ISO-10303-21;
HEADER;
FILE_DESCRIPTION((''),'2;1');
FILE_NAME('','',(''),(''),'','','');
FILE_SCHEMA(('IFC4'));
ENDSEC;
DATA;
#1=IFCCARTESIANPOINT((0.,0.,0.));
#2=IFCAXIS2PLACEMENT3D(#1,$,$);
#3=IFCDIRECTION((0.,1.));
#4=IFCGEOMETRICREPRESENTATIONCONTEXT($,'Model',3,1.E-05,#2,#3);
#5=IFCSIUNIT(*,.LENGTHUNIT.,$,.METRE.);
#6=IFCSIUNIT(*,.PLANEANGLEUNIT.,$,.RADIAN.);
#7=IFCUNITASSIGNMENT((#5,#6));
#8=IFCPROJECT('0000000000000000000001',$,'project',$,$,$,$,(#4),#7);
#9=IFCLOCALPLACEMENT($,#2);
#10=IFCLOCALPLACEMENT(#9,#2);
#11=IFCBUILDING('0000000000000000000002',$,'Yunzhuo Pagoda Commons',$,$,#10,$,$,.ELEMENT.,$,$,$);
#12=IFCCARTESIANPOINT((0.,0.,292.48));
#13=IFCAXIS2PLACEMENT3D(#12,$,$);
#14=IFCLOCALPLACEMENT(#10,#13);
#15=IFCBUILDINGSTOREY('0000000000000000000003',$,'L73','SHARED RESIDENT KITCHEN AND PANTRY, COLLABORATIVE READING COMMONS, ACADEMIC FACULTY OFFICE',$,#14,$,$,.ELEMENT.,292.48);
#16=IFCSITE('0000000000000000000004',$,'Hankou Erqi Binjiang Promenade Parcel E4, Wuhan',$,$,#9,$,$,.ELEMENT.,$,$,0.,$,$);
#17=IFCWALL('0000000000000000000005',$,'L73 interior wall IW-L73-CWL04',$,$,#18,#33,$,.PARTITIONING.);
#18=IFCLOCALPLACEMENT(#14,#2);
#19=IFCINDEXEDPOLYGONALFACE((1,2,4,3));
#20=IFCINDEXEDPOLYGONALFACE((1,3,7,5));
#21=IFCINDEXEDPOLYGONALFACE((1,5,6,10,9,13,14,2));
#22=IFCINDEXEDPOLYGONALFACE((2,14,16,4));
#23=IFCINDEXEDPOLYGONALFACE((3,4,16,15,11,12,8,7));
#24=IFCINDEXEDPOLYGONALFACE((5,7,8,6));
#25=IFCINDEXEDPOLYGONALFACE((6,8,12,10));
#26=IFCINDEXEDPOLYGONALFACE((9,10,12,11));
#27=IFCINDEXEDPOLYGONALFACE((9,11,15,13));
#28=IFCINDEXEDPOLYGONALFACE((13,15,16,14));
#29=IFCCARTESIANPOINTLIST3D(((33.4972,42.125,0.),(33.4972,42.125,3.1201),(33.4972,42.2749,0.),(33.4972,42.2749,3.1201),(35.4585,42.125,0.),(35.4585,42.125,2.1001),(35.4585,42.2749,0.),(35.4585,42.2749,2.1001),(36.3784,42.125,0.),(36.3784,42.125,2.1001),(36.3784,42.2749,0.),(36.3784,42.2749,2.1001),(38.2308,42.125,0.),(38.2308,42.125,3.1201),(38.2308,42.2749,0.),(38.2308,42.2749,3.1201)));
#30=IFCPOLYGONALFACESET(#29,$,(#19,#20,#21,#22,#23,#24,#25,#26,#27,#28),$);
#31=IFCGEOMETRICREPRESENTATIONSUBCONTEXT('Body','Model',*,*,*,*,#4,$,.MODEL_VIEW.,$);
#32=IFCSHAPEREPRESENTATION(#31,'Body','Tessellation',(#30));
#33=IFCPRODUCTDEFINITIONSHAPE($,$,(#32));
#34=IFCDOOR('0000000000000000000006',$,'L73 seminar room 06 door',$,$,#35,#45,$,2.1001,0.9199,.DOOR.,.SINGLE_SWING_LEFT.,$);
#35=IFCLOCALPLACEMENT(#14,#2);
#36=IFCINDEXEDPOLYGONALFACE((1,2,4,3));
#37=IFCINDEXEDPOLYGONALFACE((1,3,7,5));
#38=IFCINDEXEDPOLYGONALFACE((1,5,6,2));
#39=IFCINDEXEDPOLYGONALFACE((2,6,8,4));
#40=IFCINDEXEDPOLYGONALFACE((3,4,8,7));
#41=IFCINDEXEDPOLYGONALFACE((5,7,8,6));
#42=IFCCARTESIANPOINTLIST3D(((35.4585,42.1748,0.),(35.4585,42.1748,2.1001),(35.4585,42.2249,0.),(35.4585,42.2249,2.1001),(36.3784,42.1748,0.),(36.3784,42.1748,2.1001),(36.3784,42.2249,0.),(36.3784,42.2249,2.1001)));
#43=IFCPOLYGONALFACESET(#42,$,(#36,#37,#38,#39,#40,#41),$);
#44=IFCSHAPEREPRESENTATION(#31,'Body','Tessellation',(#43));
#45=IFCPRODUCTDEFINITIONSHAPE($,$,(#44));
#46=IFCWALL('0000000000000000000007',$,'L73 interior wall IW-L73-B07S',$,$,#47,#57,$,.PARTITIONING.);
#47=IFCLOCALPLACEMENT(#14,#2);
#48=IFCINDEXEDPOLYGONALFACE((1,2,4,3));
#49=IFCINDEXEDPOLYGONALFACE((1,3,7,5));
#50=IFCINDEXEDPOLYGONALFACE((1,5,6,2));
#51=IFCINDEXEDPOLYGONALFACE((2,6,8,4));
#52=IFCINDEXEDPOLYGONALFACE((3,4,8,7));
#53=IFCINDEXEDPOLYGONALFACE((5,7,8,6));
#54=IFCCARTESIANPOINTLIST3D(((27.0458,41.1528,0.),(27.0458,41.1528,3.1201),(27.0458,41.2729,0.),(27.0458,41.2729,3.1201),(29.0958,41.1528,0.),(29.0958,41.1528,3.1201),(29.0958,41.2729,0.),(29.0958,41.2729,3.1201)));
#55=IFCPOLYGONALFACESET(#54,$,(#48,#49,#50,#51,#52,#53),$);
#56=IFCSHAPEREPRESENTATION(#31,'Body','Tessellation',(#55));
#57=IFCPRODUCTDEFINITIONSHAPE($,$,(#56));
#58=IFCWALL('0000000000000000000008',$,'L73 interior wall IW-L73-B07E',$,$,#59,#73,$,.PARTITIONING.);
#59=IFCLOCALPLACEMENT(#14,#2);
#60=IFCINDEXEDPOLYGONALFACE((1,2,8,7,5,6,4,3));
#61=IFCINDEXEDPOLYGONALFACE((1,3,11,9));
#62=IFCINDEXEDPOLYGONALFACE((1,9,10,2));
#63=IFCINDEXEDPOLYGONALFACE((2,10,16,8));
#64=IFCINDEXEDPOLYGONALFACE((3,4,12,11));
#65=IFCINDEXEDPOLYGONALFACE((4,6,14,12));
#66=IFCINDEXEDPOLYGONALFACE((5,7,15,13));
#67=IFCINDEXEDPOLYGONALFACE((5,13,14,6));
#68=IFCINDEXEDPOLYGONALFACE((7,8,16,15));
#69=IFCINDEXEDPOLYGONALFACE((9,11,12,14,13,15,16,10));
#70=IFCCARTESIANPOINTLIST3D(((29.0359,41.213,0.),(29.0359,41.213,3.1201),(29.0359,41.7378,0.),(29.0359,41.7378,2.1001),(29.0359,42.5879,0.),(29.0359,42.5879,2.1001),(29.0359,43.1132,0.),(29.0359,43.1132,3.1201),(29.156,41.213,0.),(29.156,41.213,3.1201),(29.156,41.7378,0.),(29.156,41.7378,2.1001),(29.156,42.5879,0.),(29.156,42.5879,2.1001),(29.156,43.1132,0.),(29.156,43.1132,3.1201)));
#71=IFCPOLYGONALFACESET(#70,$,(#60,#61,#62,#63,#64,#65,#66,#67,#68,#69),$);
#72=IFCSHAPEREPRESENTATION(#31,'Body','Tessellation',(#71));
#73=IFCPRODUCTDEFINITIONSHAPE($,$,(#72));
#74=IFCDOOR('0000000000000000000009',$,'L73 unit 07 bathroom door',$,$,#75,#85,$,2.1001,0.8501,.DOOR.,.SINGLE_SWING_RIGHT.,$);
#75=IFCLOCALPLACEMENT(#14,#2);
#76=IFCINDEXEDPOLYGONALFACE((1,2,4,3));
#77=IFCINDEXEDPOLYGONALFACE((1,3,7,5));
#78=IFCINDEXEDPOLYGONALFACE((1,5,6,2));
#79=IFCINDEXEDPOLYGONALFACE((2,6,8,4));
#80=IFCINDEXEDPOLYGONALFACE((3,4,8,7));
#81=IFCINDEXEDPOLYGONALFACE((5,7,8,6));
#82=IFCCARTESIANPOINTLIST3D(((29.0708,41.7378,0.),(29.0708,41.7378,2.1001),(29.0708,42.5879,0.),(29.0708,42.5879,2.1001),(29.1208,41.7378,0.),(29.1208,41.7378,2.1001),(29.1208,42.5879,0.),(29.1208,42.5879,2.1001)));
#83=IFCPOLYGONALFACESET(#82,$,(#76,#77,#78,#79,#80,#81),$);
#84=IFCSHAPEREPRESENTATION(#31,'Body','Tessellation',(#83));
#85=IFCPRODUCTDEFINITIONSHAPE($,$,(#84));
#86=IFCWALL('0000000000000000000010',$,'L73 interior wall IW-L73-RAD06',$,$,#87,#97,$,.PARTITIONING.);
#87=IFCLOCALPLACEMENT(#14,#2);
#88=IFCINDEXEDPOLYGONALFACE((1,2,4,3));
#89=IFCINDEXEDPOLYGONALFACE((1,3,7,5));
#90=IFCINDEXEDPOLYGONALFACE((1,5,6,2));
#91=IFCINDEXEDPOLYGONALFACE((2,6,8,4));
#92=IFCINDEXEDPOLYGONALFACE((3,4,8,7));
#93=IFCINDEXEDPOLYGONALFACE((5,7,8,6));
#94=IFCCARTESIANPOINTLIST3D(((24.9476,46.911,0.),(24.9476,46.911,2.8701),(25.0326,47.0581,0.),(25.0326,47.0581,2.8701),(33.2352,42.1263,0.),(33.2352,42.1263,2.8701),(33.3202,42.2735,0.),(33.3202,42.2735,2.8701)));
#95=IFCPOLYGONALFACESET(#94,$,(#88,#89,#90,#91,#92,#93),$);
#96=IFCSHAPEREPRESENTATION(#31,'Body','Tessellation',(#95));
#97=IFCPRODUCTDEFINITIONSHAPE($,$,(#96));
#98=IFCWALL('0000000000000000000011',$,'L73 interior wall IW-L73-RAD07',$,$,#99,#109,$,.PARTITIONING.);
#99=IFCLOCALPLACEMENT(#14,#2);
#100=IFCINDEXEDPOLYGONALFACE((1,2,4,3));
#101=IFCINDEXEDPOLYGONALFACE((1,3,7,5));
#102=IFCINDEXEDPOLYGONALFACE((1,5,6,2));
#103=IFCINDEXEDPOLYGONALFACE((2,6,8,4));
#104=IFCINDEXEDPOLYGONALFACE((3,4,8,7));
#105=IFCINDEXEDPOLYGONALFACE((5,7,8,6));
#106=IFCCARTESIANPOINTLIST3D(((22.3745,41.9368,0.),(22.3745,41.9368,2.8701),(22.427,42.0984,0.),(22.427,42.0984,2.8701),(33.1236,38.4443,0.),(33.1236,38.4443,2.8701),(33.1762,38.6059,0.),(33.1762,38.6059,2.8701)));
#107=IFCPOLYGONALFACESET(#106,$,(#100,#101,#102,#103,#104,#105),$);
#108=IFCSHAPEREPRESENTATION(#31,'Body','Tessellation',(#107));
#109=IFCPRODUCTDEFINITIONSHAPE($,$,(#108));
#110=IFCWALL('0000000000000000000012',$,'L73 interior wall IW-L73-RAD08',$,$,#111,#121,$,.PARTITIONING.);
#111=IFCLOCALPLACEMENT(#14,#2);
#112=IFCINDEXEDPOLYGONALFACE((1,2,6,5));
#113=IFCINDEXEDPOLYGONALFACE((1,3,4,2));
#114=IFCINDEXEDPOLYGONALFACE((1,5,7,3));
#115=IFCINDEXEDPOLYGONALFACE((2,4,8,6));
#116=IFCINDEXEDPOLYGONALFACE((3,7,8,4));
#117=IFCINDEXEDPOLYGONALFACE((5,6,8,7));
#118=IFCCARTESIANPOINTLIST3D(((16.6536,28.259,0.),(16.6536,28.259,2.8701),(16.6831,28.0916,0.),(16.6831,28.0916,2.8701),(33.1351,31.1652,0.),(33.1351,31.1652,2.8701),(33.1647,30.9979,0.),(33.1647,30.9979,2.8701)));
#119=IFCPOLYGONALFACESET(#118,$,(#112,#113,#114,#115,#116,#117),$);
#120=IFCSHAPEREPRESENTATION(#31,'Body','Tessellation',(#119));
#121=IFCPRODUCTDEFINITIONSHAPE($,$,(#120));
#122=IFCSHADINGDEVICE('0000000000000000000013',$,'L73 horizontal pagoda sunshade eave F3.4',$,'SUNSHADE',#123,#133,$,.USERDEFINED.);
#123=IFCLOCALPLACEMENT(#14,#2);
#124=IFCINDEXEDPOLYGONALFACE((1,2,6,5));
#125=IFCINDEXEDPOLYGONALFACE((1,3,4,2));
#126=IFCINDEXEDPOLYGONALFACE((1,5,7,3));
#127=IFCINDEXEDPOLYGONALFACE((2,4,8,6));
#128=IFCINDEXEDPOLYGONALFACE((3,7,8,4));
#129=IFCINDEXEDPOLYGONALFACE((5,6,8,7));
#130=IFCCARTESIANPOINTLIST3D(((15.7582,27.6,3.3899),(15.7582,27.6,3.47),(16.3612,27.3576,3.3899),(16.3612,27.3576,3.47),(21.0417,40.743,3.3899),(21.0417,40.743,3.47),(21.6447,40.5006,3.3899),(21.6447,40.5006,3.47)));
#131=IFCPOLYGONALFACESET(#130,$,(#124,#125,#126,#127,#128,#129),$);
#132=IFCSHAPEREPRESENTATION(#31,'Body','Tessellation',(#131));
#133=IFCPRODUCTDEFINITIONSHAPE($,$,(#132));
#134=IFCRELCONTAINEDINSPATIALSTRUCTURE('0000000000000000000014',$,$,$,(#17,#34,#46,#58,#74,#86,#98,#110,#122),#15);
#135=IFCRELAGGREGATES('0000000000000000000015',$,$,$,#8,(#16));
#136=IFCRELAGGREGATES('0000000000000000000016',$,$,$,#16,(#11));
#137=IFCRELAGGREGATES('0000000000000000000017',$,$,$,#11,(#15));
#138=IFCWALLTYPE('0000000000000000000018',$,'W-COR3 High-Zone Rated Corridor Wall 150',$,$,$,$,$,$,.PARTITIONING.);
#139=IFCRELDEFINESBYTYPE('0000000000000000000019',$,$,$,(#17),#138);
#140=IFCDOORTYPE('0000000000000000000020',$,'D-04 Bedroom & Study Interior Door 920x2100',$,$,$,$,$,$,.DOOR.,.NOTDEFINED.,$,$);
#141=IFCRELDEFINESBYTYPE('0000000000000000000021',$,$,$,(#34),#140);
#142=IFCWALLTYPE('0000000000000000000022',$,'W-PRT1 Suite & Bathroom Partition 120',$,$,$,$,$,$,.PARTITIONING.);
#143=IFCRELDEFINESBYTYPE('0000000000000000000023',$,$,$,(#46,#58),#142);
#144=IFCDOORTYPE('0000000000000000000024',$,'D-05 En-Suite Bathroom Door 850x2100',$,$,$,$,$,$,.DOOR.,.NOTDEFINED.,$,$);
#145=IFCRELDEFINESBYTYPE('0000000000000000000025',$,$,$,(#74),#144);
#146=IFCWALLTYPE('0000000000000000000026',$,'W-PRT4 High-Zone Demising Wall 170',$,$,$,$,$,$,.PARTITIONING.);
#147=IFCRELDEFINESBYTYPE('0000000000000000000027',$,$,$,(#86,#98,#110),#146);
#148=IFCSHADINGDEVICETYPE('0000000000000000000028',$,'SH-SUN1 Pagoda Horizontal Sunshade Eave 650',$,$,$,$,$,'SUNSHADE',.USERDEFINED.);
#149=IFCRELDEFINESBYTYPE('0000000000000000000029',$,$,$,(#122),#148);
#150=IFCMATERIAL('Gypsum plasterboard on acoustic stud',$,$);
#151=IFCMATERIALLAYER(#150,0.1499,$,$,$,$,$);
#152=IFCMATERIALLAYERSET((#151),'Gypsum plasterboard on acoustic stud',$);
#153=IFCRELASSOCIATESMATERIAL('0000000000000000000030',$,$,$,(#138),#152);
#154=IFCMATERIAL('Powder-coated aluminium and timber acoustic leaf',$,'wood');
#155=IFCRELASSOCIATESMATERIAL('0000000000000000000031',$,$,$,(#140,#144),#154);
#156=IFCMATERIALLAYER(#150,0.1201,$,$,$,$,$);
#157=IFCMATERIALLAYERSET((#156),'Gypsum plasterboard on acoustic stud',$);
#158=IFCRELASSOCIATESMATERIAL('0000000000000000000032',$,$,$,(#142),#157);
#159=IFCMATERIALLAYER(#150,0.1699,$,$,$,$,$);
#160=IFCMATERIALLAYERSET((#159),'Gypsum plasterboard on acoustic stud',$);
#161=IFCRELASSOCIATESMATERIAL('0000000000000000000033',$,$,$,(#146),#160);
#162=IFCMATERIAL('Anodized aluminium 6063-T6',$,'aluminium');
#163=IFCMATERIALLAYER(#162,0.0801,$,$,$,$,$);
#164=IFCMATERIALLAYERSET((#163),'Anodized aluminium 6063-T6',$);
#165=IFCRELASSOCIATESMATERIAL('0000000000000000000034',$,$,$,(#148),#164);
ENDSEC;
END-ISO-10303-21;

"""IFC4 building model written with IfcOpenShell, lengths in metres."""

from ifc_helpers import new_model, si_unit, direction, frame, frame_2d, origin, origin_with_axes, origin_2d, place, context, subcontext, project, spatial, rectangle, extrude, source, transform, mapped, material, layer, layer_set, type_object, element, fill, save


model = new_model("IFC4")

# Units and contexts
model_context = context("Model", 3, precision=1e-05, world=origin(), true_north=direction((0.0, 1.0)))
body_context = subcontext(model_context, "Body", "Model", "MODEL_VIEW")
ifc_project = project(units=[si_unit("LENGTHUNIT", "METRE"), si_unit("PLANEANGLEUNIT", "RADIAN")], contexts=[model_context])

# Site, building, storey
site_placement = place(None, origin())
site = spatial("IfcSite", under=ifc_project, at=site_placement, Name="Hankou Erqi Binjiang Promenade Parcel E4, Wuhan", CompositionType="ELEMENT", RefElevation=0.0)
building_placement = place(site_placement, origin())
building = spatial("IfcBuilding", under=site, at=building_placement, Name="Yunzhuo Pagoda Commons", CompositionType="ELEMENT")
storey_placement = place(building_placement, frame((0.0, 0.0, 292.48)))
storey = spatial("IfcBuildingStorey", under=building, at=storey_placement, Name="L73", Description="SHARED RESIDENT KITCHEN AND PANTRY, COLLABORATIVE READING COMMONS, ACADEMIC FACULTY OFFICE", CompositionType="ELEMENT", Elevation=292.48)

# Shared definitions
ifc_material_1 = material(Name="Anodized aluminium 6063-T6", Category="aluminium")

# Wall, opening, door
ifc_material_2 = material(Name="Gypsum plasterboard on acoustic stud")
ifc_layer_1 = layer(ifc_material_2, 0.1499)
ifc_layer_set_1 = layer_set([ifc_layer_1], Name="Gypsum plasterboard on acoustic stud")
wall_type_1 = type_object("IfcWallType", Name="W-COR3 High-Zone Rated Corridor Wall 150", PredefinedType="PARTITIONING", material=ifc_layer_set_1)
wall_1_placement = place(storey_placement, frame((33.4973, 42.2, 0.0), z_axis=(0.0, 0.0, 1.0), x_axis=(1.0, 0.0, 0.0)))
wall_1 = element("IfcWall", 1, at=wall_1_placement, inside=storey, type_object=wall_type_1, Name="L73 interior wall IW-L73-CWL04", PredefinedType="PARTITIONING", context=body_context, shape_type="SweptSolid", body=[
    extrude(rectangle(XDim=4.7336, YDim=0.1499, at=frame_2d((2.3667, 0.0))), origin(), (0.0, 0.0, 1.0), 3.1201),
])
opening_1_placement = place(wall_1_placement, frame((1.9612, 0.0, 0.0)))
opening_1 = element("IfcOpeningElement", 2, at=opening_1_placement, cuts=wall_1, PredefinedType="OPENING", context=body_context, shape_type="SweptSolid", body=[
    extrude(rectangle(XDim=0.9199, YDim=2.1001, at=frame_2d((0.46, 1.05))), frame((0.0, 0.085, 0.0), z_axis=(0.0, -1.0, 0.0), x_axis=(1.0, 0.0, 0.0)), (0.0, 0.0, 1.0), 0.1699),
])
ifc_material_3 = material(Name="Powder-coated aluminium and timber acoustic leaf", Category="wood")
door_type_1 = type_object("IfcDoorType", Name="D-04 Bedroom & Study Interior Door 920x2100", OperationType="NOTDEFINED", PredefinedType="DOOR", material=ifc_material_3)
shared_shape_1 = source(origin(), body_context, "Body", "SweptSolid", [
    extrude(rectangle(XDim=0.9199, YDim=2.1001, at=frame_2d((0.46, 1.05))), frame((0.0, 0.0249, 0.0), z_axis=(0.0, -1.0, 0.0), x_axis=(1.0, 0.0, 0.0)), (0.0, 0.0, 1.0), 0.05),
])
door_1_placement = place(opening_1_placement, origin_with_axes())
door_1 = element("IfcDoor", 3, at=door_1_placement, inside=storey, type_object=door_type_1, Name="L73 seminar room 06 door", OperationType="SINGLE_SWING_LEFT", OverallHeight=2.1001, OverallWidth=0.9199, PredefinedType="DOOR", context=body_context, shape_type="MappedRepresentation", body=[
    mapped(shared_shape_1, transform((0.0, 0.0, 0.0), scale=1.0)),
])
fill(opening_1, door_1)

# Wall
ifc_layer_2 = layer(ifc_material_2, 0.1201)
ifc_layer_set_2 = layer_set([ifc_layer_2], Name="Gypsum plasterboard on acoustic stud")
wall_type_2 = type_object("IfcWallType", Name="W-PRT1 Suite & Bathroom Partition 120", PredefinedType="PARTITIONING", material=ifc_layer_set_2)
wall_2_placement = place(storey_placement, frame((27.0459, 41.2129, 0.0), z_axis=(0.0, 0.0, 1.0), x_axis=(1.0, 0.0, 0.0)))
element("IfcWall", 4, at=wall_2_placement, inside=storey, type_object=wall_type_2, Name="L73 interior wall IW-L73-B07S", PredefinedType="PARTITIONING", context=body_context, shape_type="SweptSolid", body=[
    extrude(rectangle(XDim=2.05, YDim=0.1201, at=frame_2d((1.0249, 0.0))), origin(), (0.0, 0.0, 1.0), 3.1201),
])

# Wall, opening, door
wall_3_placement = place(storey_placement, frame((29.0959, 41.2129, 0.0), z_axis=(0.0, 0.0, 1.0), x_axis=(0.0, 1.0, 0.0)))
wall_3 = element("IfcWall", 5, at=wall_3_placement, inside=storey, type_object=wall_type_2, Name="L73 interior wall IW-L73-B07E", PredefinedType="PARTITIONING", context=body_context, shape_type="SweptSolid", body=[
    extrude(rectangle(XDim=1.9001, YDim=0.1201, at=frame_2d((0.9502, 0.0))), origin(), (0.0, 0.0, 1.0), 3.1201),
])
opening_2_placement = place(wall_3_placement, frame((0.5249, 0.0, 0.0)))
opening_2 = element("IfcOpeningElement", 6, at=opening_2_placement, cuts=wall_3, PredefinedType="OPENING", context=body_context, shape_type="SweptSolid", body=[
    extrude(rectangle(XDim=0.8501, YDim=2.1001, at=frame_2d((0.425, 1.05))), frame((0.0, 0.0701, 0.0), z_axis=(0.0, -1.0, 0.0), x_axis=(1.0, 0.0, 0.0)), (0.0, 0.0, 1.0), 0.1401),
])
door_type_2 = type_object("IfcDoorType", Name="D-05 En-Suite Bathroom Door 850x2100", OperationType="NOTDEFINED", PredefinedType="DOOR", material=ifc_material_3)
shared_shape_2 = source(origin(), body_context, "Body", "SweptSolid", [
    extrude(rectangle(XDim=0.8501, YDim=2.1001, at=frame_2d((0.425, 1.05))), frame((0.0, 0.0249, 0.0), z_axis=(0.0, -1.0, 0.0), x_axis=(1.0, 0.0, 0.0)), (0.0, 0.0, 1.0), 0.05),
])
door_2_placement = place(opening_2_placement, frame((0.8501, 0.0, 0.0), z_axis=(0.0, 0.0, 1.0), x_axis=(-1.0, 0.0, 0.0)))
door_2 = element("IfcDoor", 7, at=door_2_placement, inside=storey, type_object=door_type_2, Name="L73 unit 07 bathroom door", OperationType="SINGLE_SWING_RIGHT", OverallHeight=2.1001, OverallWidth=0.8501, PredefinedType="DOOR", context=body_context, shape_type="MappedRepresentation", body=[
    mapped(shared_shape_2, transform((0.0, 0.0, 0.0), scale=1.0)),
])
fill(opening_2, door_2)

# Walls
ifc_layer_3 = layer(ifc_material_2, 0.1699)
ifc_layer_set_3 = layer_set([ifc_layer_3], Name="Gypsum plasterboard on acoustic stud")
wall_type_3 = type_object("IfcWallType", Name="W-PRT4 High-Zone Demising Wall 170", PredefinedType="PARTITIONING", material=ifc_layer_set_3)
wall_4_placement = place(storey_placement, frame((33.2776, 42.2, 0.0), z_axis=(0.0, 0.0, 1.0), x_axis=(-0.866033, 0.499986, 0.0)))
element("IfcWall", 8, at=wall_4_placement, inside=storey, type_object=wall_type_3, Name="L73 interior wall IW-L73-RAD06", PredefinedType="PARTITIONING", context=body_context, shape_type="SweptSolid", body=[
    extrude(rectangle(XDim=9.5696, YDim=0.1699, at=frame_2d((4.7847, 0.0))), origin(), (0.0, 0.0, 1.0), 2.8701),
])
wall_5_placement = place(storey_placement, frame((33.1499, 38.5251, 0.0), z_axis=(0.0, 0.0, 1.0), x_axis=(-0.95106, 0.309006, 0.0)))
element("IfcWall", 9, at=wall_5_placement, inside=storey, type_object=wall_type_3, Name="L73 interior wall IW-L73-RAD07", PredefinedType="PARTITIONING", context=body_context, shape_type="SweptSolid", body=[
    extrude(rectangle(XDim=11.3022, YDim=0.1699, at=frame_2d((5.6511, 0.0))), origin(), (0.0, 0.0, 1.0), 2.8701),
])
wall_6_placement = place(storey_placement, frame((33.1499, 31.0815, 0.0), z_axis=(0.0, 0.0, 1.0), x_axis=(-0.984807, -0.173653, 0.0)))
element("IfcWall", 10, at=wall_6_placement, inside=storey, type_object=wall_type_3, Name="L73 interior wall IW-L73-RAD08", PredefinedType="PARTITIONING", context=body_context, shape_type="SweptSolid", body=[
    extrude(rectangle(XDim=16.7358, YDim=0.1699, at=frame_2d((8.3679, 0.0))), origin(), (0.0, 0.0, 1.0), 2.8701),
])

# Shading device
ifc_layer_4 = layer(ifc_material_1, 0.0801)
ifc_layer_set_4 = layer_set([ifc_layer_4], Name="Anodized aluminium 6063-T6")
shading_device_type = type_object("IfcShadingDeviceType", Name="SH-SUN1 Pagoda Horizontal Sunshade Eave 650", ElementType="SUNSHADE", PredefinedType="USERDEFINED", material=ifc_layer_set_4)
shared_shape_3 = source(origin(), body_context, "Body", "SweptSolid", [
    extrude(rectangle(XDim=14.1653, YDim=0.6499, at=origin_2d()), origin(), (0.0, 0.0, 1.0), 0.0801),
])
shading_device_placement = place(storey_placement, frame((18.7014, 34.0503, 3.3899), z_axis=(0.0, 0.0, 1.0), x_axis=(-0.372988, -0.927836, 0.0)))
element("IfcShadingDevice", 11, at=shading_device_placement, inside=storey, type_object=shading_device_type, Name="L73 horizontal pagoda sunshade eave F3.4", ObjectType="SUNSHADE", PredefinedType="USERDEFINED", context=body_context, shape_type="MappedRepresentation", body=[
    mapped(shared_shape_3, transform((0.0, 0.0, 0.0), scale=1.0)),
])

save(model, "model.ifc")
